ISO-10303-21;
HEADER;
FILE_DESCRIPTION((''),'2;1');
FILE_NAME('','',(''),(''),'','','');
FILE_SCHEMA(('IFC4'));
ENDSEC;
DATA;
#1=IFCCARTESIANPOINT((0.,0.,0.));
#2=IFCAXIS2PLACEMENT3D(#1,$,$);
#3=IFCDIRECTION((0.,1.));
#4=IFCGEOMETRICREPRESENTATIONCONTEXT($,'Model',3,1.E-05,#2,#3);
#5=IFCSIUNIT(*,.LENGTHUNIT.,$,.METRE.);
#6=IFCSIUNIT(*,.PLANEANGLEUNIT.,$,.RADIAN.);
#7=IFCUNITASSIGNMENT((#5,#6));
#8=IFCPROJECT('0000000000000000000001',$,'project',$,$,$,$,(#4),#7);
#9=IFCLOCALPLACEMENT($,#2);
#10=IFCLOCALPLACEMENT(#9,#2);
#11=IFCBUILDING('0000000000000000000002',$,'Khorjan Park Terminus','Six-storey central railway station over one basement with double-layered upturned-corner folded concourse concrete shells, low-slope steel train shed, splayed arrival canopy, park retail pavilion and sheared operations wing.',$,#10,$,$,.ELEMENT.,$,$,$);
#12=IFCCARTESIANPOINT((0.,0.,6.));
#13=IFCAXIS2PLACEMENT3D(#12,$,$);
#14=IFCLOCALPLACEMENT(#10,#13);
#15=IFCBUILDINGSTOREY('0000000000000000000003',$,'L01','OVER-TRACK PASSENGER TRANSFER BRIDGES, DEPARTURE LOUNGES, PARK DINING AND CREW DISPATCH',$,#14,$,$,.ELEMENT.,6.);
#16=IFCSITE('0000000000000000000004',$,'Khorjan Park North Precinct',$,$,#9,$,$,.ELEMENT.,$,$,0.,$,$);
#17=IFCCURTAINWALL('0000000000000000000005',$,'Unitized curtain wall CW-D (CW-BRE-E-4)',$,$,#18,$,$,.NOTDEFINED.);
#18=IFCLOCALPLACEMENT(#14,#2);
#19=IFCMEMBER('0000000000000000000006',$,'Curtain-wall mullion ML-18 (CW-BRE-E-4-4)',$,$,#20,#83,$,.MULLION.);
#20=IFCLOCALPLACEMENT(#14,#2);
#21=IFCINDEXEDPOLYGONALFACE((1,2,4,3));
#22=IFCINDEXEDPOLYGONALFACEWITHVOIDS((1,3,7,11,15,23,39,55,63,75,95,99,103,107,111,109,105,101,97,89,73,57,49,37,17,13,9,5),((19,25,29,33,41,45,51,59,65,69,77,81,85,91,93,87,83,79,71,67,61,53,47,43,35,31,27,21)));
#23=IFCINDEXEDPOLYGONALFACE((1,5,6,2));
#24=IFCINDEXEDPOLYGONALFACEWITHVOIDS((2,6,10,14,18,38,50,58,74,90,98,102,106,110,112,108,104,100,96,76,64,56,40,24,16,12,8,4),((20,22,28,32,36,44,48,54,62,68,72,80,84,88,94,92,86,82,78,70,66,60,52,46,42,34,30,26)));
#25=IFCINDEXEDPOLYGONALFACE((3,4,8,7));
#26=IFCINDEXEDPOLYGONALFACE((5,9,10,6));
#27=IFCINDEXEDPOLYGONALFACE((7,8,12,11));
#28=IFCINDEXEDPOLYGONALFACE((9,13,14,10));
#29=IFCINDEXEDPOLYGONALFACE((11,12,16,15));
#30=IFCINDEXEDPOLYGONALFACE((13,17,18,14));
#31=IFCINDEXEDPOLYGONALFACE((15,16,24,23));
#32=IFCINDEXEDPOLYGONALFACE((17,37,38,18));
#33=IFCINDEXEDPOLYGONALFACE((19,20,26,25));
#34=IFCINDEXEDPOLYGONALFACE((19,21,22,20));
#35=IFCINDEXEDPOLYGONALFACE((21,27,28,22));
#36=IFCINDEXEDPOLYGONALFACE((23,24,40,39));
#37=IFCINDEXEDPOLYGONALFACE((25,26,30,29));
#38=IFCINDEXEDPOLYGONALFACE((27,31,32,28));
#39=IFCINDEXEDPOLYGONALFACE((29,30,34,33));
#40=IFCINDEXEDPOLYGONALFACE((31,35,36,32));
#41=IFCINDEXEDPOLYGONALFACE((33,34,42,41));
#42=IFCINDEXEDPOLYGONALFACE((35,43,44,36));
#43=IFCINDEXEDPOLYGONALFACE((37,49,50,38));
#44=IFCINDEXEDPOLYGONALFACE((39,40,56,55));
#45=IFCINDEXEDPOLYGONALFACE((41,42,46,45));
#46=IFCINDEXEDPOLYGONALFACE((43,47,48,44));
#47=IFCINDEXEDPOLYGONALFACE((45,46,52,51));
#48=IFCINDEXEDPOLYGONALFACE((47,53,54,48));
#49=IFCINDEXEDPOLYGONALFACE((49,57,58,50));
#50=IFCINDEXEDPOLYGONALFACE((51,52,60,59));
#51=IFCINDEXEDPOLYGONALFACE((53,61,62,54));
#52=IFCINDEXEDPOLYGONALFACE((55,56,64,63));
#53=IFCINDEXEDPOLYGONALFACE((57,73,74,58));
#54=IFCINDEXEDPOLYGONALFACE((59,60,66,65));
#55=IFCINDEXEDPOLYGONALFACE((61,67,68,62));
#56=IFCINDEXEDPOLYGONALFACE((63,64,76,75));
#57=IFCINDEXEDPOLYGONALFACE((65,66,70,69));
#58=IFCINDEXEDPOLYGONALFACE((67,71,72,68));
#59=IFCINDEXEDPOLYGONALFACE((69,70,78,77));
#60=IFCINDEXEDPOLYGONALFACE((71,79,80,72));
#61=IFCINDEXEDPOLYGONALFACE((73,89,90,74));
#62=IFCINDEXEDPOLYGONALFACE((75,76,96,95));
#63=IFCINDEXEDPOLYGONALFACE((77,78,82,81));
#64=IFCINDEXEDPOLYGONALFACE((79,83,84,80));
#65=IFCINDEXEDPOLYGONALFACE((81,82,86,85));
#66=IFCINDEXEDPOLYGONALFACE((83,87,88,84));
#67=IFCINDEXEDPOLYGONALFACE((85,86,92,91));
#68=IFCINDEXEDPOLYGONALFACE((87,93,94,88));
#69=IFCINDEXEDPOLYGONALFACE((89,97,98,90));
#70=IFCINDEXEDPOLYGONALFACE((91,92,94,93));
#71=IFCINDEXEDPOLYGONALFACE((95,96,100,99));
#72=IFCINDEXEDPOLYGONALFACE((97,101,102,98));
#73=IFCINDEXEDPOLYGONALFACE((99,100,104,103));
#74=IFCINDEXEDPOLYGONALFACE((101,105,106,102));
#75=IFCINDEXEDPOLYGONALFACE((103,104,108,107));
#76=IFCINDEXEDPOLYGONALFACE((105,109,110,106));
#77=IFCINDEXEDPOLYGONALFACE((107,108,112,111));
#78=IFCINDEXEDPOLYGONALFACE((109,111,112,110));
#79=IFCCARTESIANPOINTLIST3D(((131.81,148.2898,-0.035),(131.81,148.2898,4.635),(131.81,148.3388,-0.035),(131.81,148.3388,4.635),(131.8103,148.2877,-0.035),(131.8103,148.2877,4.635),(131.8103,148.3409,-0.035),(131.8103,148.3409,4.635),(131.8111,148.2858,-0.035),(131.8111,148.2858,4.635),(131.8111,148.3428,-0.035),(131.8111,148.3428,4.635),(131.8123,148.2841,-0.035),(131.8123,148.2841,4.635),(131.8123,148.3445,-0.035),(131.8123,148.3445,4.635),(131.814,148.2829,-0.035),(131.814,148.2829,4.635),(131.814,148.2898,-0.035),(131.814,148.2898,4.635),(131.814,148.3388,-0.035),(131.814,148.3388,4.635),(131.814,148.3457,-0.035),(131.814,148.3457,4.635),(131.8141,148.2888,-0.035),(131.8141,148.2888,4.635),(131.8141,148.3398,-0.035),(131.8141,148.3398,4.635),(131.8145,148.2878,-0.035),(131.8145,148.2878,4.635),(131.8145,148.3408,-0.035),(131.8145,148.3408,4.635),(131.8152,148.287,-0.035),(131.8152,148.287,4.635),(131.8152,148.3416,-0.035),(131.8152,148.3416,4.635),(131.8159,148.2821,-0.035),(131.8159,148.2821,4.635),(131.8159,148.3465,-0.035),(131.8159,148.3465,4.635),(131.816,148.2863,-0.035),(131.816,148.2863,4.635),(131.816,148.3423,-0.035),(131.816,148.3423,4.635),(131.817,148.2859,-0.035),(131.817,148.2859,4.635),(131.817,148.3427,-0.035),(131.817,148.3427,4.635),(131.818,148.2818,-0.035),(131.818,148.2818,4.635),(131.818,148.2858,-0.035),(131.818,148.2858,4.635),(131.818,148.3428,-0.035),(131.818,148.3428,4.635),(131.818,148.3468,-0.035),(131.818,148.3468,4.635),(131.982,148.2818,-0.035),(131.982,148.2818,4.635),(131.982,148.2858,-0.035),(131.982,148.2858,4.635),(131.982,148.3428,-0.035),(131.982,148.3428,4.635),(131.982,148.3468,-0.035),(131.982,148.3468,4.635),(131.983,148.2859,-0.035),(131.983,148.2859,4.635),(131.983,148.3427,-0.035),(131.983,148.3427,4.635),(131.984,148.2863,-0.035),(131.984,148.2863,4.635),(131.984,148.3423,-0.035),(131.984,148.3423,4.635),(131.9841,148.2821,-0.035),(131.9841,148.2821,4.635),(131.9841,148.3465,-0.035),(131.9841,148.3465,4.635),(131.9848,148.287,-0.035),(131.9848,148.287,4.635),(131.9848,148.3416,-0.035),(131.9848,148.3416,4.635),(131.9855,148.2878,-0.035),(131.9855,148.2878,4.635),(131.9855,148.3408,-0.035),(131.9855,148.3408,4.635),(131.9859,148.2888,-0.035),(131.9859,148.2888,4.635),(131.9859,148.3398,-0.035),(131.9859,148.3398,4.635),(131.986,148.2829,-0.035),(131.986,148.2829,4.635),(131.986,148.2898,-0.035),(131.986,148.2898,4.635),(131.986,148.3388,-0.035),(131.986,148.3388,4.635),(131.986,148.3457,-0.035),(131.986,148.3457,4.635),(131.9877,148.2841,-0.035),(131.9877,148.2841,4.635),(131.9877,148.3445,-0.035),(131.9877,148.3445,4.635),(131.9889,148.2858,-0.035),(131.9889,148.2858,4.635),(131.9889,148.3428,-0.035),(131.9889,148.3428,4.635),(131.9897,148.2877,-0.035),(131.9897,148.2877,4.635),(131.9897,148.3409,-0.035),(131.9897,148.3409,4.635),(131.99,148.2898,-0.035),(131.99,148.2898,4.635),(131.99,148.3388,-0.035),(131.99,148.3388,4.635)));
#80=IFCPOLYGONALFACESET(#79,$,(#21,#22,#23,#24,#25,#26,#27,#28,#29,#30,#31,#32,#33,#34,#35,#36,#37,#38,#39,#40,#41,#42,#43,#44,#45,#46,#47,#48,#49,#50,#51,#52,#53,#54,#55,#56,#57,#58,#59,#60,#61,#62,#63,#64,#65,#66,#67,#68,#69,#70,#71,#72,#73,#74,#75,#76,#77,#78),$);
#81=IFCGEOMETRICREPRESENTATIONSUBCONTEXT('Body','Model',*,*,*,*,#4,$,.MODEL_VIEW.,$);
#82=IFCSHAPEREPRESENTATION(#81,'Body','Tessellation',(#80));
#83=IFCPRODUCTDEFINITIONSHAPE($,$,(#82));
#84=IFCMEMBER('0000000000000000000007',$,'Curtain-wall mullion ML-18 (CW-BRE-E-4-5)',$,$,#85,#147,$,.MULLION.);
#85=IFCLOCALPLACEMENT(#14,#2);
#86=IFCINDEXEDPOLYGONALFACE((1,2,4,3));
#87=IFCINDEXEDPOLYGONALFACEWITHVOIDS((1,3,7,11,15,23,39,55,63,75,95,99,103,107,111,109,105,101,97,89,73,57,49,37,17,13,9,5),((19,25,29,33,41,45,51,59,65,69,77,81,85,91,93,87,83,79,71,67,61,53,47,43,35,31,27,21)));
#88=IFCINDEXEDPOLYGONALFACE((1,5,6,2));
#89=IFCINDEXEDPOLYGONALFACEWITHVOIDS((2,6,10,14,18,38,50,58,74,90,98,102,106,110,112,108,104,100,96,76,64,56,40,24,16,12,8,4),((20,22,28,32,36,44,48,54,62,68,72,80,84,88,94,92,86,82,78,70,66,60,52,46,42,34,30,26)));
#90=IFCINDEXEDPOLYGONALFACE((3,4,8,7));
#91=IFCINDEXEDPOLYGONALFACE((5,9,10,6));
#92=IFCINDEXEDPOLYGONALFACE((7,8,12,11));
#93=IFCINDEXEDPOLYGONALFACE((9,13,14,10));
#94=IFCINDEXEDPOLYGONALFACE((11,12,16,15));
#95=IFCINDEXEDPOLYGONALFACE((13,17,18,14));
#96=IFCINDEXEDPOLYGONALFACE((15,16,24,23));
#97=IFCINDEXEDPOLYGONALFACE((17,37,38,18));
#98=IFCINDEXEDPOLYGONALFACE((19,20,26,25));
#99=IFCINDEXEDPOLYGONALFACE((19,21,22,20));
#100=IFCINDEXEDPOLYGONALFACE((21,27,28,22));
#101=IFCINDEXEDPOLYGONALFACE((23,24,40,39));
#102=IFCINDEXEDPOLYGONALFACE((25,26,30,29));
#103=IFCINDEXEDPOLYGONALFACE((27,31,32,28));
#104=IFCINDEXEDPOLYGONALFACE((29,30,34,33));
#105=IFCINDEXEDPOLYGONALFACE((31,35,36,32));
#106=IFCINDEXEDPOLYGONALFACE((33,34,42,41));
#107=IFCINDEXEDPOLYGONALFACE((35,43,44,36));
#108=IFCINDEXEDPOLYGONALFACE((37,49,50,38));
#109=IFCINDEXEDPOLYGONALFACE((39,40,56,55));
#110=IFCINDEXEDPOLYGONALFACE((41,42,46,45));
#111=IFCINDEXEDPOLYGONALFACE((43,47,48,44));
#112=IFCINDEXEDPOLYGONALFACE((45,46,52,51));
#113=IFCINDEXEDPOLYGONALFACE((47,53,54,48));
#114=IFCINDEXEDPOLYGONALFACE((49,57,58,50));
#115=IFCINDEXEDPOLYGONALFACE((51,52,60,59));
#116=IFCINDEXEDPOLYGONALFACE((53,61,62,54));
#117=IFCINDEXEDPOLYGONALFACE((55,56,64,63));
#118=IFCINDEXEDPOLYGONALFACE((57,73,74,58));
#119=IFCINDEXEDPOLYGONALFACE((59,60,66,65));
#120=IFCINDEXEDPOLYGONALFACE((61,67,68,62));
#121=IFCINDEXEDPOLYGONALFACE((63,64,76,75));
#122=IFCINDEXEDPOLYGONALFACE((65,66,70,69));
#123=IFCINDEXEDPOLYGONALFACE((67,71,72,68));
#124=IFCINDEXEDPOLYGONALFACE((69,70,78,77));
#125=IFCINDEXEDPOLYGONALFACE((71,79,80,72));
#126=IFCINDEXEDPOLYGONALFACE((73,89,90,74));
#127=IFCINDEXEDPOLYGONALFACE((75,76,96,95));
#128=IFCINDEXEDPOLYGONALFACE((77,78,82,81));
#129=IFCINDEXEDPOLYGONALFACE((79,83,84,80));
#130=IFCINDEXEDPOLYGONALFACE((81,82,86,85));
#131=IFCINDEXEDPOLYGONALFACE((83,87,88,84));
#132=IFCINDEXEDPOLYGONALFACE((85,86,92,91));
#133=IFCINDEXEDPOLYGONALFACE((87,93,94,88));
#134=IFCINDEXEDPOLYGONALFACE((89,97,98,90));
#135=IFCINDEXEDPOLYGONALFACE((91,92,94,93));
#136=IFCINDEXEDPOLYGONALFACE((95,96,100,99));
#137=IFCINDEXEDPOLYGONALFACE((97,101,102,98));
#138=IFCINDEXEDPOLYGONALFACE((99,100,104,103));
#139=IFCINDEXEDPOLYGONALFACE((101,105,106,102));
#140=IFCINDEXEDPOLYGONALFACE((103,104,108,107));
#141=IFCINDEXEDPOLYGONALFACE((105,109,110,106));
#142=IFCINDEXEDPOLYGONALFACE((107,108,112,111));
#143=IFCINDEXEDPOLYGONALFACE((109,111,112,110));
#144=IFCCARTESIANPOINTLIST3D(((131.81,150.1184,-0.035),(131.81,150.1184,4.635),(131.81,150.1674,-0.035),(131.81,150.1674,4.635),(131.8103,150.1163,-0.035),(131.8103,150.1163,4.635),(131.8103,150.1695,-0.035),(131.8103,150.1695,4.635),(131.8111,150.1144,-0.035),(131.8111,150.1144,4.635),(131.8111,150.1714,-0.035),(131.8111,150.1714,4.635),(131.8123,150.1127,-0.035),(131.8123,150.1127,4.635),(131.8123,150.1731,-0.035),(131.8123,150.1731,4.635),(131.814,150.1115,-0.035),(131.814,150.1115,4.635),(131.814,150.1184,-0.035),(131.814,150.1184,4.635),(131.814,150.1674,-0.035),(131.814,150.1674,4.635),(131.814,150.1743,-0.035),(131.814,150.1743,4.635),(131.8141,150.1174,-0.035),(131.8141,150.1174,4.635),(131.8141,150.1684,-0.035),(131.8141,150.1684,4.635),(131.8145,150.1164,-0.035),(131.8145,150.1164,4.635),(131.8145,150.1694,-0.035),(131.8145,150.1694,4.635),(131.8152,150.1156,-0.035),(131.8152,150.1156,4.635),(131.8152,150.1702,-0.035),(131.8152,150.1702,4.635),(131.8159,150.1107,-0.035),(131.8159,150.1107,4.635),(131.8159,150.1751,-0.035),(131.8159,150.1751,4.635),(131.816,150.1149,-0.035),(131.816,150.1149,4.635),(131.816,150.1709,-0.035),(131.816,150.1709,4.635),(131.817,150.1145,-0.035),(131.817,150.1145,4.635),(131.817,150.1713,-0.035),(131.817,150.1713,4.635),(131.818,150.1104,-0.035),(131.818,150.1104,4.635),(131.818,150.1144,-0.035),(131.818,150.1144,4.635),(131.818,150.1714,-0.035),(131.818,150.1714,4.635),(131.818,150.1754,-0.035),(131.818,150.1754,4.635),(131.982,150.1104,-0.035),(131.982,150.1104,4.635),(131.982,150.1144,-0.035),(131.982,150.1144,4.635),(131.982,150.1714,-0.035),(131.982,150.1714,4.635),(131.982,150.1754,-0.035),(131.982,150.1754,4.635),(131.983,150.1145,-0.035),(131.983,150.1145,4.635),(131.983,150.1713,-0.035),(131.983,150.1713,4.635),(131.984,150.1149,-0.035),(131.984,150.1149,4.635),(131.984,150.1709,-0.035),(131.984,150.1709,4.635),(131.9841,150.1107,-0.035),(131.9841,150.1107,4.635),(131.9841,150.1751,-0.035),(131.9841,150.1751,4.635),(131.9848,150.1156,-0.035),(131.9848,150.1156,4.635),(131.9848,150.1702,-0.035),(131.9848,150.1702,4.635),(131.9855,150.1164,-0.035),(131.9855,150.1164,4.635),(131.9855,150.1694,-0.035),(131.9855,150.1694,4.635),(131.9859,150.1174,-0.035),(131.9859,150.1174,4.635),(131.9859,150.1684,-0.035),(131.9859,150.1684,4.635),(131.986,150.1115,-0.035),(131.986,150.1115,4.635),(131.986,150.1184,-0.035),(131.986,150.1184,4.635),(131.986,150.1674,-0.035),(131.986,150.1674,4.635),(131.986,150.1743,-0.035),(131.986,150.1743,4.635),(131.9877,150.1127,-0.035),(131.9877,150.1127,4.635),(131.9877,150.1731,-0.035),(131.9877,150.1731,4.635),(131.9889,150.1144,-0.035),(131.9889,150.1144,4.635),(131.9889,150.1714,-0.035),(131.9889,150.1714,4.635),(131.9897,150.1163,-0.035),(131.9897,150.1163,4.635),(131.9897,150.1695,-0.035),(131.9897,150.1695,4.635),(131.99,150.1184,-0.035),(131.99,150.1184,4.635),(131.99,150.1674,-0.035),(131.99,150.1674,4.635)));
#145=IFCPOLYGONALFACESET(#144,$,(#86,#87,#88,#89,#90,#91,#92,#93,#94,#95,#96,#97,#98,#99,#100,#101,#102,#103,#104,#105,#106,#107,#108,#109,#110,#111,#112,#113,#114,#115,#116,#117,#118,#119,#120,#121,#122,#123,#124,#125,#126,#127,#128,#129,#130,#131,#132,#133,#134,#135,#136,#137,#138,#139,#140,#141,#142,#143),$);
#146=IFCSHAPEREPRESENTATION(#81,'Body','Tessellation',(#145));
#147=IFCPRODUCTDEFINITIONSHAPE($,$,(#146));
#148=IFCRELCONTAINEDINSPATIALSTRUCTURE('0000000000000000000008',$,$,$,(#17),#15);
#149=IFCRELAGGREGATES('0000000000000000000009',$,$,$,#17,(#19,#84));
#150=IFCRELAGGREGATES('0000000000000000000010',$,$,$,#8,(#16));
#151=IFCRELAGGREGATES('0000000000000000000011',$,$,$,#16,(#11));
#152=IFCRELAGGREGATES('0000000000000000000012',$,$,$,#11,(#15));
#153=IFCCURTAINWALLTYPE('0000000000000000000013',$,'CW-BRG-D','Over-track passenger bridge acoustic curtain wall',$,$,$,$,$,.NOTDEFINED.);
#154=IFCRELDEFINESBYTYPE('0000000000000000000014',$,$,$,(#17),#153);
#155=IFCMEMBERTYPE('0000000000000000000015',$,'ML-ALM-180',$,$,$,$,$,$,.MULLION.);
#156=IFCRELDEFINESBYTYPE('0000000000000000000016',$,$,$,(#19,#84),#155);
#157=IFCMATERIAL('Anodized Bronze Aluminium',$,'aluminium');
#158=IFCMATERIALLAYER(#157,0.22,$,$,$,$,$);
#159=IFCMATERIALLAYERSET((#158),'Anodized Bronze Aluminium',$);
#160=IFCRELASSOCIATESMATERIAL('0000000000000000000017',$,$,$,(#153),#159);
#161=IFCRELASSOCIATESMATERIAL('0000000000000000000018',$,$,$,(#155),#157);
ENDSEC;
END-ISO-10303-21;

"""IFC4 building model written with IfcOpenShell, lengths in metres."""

from ifc_helpers import new_model, si_unit, direction, frame, origin, origin_2d, place, context, subcontext, project, spatial, hollow_rectangle, extrude, material, layer, layer_set, material_profile, profile_set, type_object, element, aggregate, save


model = new_model("IFC4")

# Units and contexts
model_context = context("Model", 3, precision=1e-05, world=origin(), true_north=direction((0.0, 1.0)))
body_context = subcontext(model_context, "Body", "Model", "MODEL_VIEW")
ifc_project = project(units=[si_unit("LENGTHUNIT", "METRE"), si_unit("PLANEANGLEUNIT", "RADIAN")], contexts=[model_context])

# Site, building, storey
site_placement = place(None, origin())
site = spatial("IfcSite", under=ifc_project, at=site_placement, Name="Khorjan Park North Precinct", CompositionType="ELEMENT", RefElevation=0.0)
building_placement = place(site_placement, origin())
building = spatial("IfcBuilding", under=site, at=building_placement, Name="Khorjan Park Terminus", Description="Six-storey central railway station over one basement with double-layered upturned-corner folded concourse concrete shells, low-slope steel train shed, splayed arrival canopy, park retail pavilion and sheared operations wing.", CompositionType="ELEMENT")
storey_placement = place(building_placement, frame((0.0, 0.0, 6.0)))
storey = spatial("IfcBuildingStorey", under=building, at=storey_placement, Name="L01", Description="OVER-TRACK PASSENGER TRANSFER BRIDGES, DEPARTURE LOUNGES, PARK DINING AND CREW DISPATCH", CompositionType="ELEMENT", Elevation=6.0)

# Curtain wall, members
ifc_material_1 = material(Name="Anodized Bronze Aluminium", Category="aluminium")
ifc_layer_1 = layer(ifc_material_1, 0.22)
ifc_layer_set_1 = layer_set([ifc_layer_1], Name="Anodized Bronze Aluminium")
curtain_wall_type = type_object("IfcCurtainWallType", Name="CW-BRG-D", Description="Over-track passenger bridge acoustic curtain wall", PredefinedType="NOTDEFINED", material=ifc_layer_set_1)
curtain_wall_placement = place(storey_placement, origin())
curtain_wall = element("IfcCurtainWall", 1, at=curtain_wall_placement, inside=storey, type_object=curtain_wall_type, Name="Unitized curtain wall CW-D (CW-BRE-E-4)", PredefinedType="NOTDEFINED")
ifc_material_profile_1 = material_profile(ifc_material_1, hollow_rectangle(XDim=0.065, YDim=0.18, WallThickness=0.004, InnerFilletRadius=0.004, OuterFilletRadius=0.008, at=origin_2d()), Name="ALM 65x180x4")
ifc_profile_set_1 = profile_set([ifc_material_profile_1], Name="Anodized Bronze Aluminium")
member_type_1 = type_object("IfcMemberType", Name="ML-ALM-180", PredefinedType="MULLION", material=ifc_profile_set_1)
member_1_placement = place(storey_placement, frame((131.9, 148.3143, -0.035), z_axis=(0.0, 0.0, 1.0), x_axis=(0.0, 1.0, 0.0)))
member_1 = element("IfcMember", 2, at=member_1_placement, type_object=member_type_1, Name="Curtain-wall mullion ML-18 (CW-BRE-E-4-4)", PredefinedType="MULLION", context=body_context, shape_type="SweptSolid", body=[
    extrude(hollow_rectangle(XDim=0.065, YDim=0.18, WallThickness=0.004, InnerFilletRadius=0.004, OuterFilletRadius=0.008, at=origin_2d()), origin(), (0.0, 0.0, 1.0), 4.67),
])
member_2_placement = place(storey_placement, frame((131.9, 150.1429, -0.035), z_axis=(0.0, 0.0, 1.0), x_axis=(0.0, 1.0, 0.0)))
member_2 = element("IfcMember", 3, at=member_2_placement, type_object=member_type_1, Name="Curtain-wall mullion ML-18 (CW-BRE-E-4-5)", PredefinedType="MULLION", context=body_context, shape_type="SweptSolid", body=[
    extrude(hollow_rectangle(XDim=0.065, YDim=0.18, WallThickness=0.004, InnerFilletRadius=0.004, OuterFilletRadius=0.008, at=origin_2d()), origin(), (0.0, 0.0, 1.0), 4.67),
])
aggregate(curtain_wall, [member_1, member_2])

save(model, "model.ifc")
